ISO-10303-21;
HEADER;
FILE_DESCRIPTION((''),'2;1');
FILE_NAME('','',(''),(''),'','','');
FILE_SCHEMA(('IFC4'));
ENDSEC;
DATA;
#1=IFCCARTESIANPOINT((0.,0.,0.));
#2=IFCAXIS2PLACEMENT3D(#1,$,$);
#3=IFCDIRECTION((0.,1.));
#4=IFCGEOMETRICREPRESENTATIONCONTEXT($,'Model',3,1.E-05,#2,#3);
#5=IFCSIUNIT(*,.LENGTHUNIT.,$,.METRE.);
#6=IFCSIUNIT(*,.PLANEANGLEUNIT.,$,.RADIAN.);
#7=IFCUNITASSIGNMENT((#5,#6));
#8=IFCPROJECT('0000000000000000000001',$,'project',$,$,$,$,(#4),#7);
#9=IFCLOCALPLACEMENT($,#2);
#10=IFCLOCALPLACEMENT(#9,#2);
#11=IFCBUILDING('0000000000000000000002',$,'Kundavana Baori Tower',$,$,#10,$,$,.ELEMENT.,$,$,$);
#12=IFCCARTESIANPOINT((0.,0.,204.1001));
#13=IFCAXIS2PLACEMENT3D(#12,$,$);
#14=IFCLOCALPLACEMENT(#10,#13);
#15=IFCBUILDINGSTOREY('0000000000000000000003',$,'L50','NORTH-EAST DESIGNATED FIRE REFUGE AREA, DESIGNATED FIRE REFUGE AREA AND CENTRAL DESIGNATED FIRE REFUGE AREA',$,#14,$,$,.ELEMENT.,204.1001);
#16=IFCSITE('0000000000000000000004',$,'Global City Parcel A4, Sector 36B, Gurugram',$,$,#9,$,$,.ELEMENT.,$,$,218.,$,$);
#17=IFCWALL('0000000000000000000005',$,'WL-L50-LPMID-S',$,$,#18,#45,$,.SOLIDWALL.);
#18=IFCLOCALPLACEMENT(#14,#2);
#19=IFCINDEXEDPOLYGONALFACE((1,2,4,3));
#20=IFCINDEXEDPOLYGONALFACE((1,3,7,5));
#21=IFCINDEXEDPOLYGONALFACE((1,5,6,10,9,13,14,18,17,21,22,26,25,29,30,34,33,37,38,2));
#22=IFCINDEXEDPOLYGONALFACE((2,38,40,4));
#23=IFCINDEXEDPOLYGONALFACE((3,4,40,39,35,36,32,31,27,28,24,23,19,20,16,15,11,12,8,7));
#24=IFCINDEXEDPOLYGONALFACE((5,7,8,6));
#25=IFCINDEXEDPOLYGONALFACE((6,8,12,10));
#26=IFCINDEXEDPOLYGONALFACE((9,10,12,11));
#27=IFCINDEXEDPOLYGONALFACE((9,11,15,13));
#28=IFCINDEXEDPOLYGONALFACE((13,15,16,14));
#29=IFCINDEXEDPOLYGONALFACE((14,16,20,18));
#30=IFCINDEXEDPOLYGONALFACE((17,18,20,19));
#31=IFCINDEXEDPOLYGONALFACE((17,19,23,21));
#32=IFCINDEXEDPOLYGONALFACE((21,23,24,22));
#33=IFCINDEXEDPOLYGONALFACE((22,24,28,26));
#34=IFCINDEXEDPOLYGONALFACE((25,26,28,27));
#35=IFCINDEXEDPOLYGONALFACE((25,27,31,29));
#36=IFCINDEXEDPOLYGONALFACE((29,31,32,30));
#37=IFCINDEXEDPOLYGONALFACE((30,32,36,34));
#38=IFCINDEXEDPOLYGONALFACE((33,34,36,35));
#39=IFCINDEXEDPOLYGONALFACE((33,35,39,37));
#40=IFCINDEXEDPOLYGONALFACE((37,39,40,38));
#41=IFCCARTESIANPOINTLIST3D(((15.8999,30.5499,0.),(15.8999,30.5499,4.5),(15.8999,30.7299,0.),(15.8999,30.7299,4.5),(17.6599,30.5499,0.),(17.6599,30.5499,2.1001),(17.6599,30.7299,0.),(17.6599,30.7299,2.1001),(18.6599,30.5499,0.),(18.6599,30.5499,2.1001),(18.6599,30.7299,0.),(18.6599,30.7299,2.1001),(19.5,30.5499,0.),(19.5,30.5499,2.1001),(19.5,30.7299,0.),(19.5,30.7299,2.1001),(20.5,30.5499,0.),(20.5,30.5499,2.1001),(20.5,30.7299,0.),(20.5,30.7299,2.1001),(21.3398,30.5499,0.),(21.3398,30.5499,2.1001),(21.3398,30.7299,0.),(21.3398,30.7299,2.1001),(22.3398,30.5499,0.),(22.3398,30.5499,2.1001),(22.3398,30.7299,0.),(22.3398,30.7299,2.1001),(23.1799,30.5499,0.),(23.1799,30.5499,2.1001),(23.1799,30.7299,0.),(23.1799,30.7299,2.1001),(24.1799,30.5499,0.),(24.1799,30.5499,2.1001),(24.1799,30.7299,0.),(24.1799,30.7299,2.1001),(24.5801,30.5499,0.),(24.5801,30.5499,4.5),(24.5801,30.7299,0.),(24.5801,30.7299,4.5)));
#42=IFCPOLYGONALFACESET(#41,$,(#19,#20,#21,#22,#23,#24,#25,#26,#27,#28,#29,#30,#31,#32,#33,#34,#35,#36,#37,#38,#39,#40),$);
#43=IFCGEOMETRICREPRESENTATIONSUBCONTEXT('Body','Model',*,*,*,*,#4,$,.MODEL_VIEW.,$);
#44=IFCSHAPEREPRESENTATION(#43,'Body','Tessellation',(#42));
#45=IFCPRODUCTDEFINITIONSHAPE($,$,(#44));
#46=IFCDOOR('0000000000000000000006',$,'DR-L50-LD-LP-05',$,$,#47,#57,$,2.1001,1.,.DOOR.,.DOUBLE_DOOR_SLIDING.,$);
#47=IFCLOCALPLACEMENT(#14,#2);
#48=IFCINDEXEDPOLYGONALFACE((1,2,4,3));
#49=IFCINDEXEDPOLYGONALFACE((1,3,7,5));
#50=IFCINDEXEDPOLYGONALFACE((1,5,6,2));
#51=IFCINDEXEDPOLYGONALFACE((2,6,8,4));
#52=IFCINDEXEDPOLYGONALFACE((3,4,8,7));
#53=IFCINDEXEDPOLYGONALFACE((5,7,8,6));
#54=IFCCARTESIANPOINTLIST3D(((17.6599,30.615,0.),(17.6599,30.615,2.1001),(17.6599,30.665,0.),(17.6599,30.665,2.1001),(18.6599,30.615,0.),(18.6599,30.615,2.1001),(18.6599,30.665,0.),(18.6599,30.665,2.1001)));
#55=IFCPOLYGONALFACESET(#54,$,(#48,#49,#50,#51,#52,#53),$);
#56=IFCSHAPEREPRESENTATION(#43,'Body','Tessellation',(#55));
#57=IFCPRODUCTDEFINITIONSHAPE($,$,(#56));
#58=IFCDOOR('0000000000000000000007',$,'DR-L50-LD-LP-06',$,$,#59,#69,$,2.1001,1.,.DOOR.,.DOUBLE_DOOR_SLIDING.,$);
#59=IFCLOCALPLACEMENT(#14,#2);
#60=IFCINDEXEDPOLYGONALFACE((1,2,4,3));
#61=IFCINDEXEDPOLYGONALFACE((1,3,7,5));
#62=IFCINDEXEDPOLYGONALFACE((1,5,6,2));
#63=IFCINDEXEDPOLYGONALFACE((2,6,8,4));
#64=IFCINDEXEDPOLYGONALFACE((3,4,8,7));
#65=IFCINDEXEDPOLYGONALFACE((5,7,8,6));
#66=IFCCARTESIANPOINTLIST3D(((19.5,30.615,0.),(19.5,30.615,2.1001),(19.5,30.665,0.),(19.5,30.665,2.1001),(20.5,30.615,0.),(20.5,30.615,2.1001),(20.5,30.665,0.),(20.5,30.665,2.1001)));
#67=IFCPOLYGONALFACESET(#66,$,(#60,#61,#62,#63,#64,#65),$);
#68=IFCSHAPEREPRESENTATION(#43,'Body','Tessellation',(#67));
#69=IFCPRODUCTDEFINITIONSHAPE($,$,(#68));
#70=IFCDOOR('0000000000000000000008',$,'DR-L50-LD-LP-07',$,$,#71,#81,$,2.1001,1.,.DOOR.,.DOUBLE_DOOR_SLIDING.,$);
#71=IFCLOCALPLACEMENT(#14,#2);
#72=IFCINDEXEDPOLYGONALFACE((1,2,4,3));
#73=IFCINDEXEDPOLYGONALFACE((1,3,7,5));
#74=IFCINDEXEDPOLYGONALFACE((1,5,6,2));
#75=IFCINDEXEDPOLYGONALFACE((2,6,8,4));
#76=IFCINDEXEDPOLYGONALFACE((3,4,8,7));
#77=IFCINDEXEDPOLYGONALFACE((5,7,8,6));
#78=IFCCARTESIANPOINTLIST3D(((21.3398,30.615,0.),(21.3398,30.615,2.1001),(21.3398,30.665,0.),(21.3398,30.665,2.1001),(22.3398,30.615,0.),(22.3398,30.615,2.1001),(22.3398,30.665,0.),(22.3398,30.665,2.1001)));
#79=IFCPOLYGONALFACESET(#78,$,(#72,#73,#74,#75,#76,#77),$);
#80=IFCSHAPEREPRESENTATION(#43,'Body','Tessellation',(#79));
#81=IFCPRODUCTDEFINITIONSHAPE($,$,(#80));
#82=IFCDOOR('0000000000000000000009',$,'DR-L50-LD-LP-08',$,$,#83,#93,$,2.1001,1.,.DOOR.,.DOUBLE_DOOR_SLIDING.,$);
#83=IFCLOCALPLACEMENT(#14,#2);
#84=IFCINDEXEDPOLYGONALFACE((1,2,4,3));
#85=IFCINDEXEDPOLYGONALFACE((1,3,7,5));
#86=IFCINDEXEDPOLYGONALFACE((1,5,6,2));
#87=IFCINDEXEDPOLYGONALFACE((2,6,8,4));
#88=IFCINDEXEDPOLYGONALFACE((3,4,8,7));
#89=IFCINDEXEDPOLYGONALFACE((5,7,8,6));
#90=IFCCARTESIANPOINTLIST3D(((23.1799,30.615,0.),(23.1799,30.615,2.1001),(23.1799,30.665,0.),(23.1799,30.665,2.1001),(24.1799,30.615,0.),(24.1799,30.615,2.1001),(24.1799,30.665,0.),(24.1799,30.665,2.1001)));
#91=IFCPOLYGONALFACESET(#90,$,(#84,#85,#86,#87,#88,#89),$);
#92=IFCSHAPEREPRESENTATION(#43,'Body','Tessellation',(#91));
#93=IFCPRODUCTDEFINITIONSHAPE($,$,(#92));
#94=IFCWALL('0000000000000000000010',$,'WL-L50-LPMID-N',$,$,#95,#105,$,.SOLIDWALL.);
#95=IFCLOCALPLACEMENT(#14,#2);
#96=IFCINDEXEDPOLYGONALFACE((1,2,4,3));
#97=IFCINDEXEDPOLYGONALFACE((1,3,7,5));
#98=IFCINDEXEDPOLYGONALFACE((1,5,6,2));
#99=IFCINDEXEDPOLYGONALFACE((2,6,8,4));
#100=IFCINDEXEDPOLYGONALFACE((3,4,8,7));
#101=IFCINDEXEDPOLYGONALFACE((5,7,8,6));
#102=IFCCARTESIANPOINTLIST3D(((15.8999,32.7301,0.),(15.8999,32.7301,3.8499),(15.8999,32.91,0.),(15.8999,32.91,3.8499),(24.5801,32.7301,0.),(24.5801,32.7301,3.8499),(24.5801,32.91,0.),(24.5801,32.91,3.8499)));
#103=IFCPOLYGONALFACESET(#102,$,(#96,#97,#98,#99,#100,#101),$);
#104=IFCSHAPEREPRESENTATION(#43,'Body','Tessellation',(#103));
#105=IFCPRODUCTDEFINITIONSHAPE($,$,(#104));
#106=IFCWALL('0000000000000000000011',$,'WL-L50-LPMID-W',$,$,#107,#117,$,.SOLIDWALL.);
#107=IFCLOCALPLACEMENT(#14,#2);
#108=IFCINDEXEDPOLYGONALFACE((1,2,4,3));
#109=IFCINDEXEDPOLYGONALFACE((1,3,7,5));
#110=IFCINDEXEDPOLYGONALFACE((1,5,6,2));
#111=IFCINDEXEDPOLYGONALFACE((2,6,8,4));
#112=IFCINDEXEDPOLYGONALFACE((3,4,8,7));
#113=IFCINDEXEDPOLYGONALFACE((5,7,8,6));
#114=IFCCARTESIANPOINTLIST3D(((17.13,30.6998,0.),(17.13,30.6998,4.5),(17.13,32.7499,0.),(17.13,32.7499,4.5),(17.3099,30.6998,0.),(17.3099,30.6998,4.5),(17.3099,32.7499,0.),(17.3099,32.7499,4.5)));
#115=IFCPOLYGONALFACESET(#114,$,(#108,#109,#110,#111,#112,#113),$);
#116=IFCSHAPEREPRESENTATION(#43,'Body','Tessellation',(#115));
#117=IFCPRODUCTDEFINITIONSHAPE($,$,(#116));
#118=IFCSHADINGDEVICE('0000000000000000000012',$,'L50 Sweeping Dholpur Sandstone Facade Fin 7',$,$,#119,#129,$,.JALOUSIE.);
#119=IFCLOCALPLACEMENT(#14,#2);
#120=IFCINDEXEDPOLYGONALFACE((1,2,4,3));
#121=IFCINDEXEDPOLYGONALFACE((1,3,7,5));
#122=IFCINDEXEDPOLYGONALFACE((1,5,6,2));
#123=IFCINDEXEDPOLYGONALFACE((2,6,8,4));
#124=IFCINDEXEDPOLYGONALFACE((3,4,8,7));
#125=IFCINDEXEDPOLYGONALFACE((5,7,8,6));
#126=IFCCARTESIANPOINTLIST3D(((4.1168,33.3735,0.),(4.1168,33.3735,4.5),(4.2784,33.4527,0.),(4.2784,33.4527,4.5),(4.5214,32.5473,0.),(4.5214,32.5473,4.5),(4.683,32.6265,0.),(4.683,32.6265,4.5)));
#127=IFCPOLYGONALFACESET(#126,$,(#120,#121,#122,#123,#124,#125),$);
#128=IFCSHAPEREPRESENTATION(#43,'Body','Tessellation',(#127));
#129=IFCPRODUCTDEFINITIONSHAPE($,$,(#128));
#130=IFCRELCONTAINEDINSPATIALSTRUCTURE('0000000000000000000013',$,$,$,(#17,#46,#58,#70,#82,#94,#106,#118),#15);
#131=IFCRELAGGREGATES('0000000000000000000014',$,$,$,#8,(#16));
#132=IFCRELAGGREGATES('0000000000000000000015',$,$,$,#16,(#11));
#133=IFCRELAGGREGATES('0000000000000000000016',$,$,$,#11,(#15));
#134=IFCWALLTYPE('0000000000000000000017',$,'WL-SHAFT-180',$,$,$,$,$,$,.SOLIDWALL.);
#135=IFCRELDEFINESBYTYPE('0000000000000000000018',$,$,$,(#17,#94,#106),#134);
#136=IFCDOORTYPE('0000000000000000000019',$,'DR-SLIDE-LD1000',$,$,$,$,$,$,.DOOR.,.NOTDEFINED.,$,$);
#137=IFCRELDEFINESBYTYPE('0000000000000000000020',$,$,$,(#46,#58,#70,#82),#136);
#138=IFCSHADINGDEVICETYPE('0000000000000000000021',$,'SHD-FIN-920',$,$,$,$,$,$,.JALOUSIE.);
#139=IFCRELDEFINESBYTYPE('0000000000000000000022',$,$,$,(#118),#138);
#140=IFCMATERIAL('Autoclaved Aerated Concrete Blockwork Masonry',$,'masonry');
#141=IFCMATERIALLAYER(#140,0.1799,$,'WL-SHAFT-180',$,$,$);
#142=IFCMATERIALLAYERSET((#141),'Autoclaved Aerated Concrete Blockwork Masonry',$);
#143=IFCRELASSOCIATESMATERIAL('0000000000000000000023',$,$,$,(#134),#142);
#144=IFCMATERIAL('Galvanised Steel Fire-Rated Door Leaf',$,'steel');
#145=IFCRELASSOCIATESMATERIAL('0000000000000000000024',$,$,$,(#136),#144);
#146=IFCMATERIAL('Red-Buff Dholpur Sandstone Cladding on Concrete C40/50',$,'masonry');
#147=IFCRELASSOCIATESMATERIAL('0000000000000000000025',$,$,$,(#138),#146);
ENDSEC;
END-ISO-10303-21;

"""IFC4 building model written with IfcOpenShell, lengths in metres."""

from ifc_helpers import new_model, si_unit, direction, frame, frame_2d, origin, origin_2d, place, context, subcontext, project, spatial, rectangle, extrude, material, layer, layer_set, type_object, element, fill, save


model = new_model("IFC4")

# Units and contexts
model_context = context("Model", 3, precision=1e-05, world=origin(), true_north=direction((0.0, 1.0)))
body_context = subcontext(model_context, "Body", "Model", "MODEL_VIEW")
ifc_project = project(units=[si_unit("LENGTHUNIT", "METRE"), si_unit("PLANEANGLEUNIT", "RADIAN")], contexts=[model_context])

# Site, building, storey
site_placement = place(None, origin())
site = spatial("IfcSite", under=ifc_project, at=site_placement, Name="Global City Parcel A4, Sector 36B, Gurugram", CompositionType="ELEMENT", RefElevation=218.0)
building_placement = place(site_placement, origin())
building = spatial("IfcBuilding", under=site, at=building_placement, Name="Kundavana Baori Tower", CompositionType="ELEMENT")
storey_placement = place(building_placement, frame((0.0, 0.0, 204.1001)))
storey = spatial("IfcBuildingStorey", under=building, at=storey_placement, Name="L50", Description="NORTH-EAST DESIGNATED FIRE REFUGE AREA, DESIGNATED FIRE REFUGE AREA AND CENTRAL DESIGNATED FIRE REFUGE AREA", CompositionType="ELEMENT", Elevation=204.1001)

# Shared definitions
ifc_material_1 = material(Name="Autoclaved Aerated Concrete Blockwork Masonry", Category="masonry")
ifc_layer_1 = layer(ifc_material_1, 0.1799, Name="WL-SHAFT-180")
ifc_layer_set_1 = layer_set([ifc_layer_1], Name="Autoclaved Aerated Concrete Blockwork Masonry")
wall_type_1 = type_object("IfcWallType", Name="WL-SHAFT-180", PredefinedType="SOLIDWALL", material=ifc_layer_set_1)

# Wall, openings, doors
wall_1_placement = place(storey_placement, frame((15.8999, 30.6399, 0.0), z_axis=(0.0, 0.0, 1.0), x_axis=(1.0, 0.0, 0.0)))
wall_1 = element("IfcWall", 1, at=wall_1_placement, inside=storey, type_object=wall_type_1, Name="WL-L50-LPMID-S", PredefinedType="SOLIDWALL", context=body_context, shape_type="SweptSolid", body=[
    extrude(rectangle(XDim=8.6802, YDim=0.1799, at=frame_2d((4.3401, 0.0))), origin(), (0.0, 0.0, 1.0), 4.5),
])
opening_1_placement = place(wall_1_placement, frame((1.76, 0.0, 0.0)))
opening_1 = element("IfcOpeningElement", 2, at=opening_1_placement, cuts=wall_1, PredefinedType="OPENING", context=body_context, shape_type="SweptSolid", body=[
    extrude(rectangle(XDim=1.0, YDim=2.1001, at=frame_2d((0.5, 1.05))), frame((0.0, 0.1001, 0.0), z_axis=(0.0, -1.0, 0.0), x_axis=(1.0, 0.0, 0.0)), (0.0, 0.0, 1.0), 0.2),
])
opening_2_placement = place(wall_1_placement, frame((3.6001, 0.0, 0.0)))
opening_2 = element("IfcOpeningElement", 3, at=opening_2_placement, cuts=wall_1, PredefinedType="OPENING", context=body_context, shape_type="SweptSolid", body=[
    extrude(rectangle(XDim=1.0, YDim=2.1001, at=frame_2d((0.5, 1.05))), frame((0.0, 0.1001, 0.0), z_axis=(0.0, -1.0, 0.0), x_axis=(1.0, 0.0, 0.0)), (0.0, 0.0, 1.0), 0.2),
])
opening_3_placement = place(wall_1_placement, frame((5.4399, 0.0, 0.0)))
opening_3 = element("IfcOpeningElement", 4, at=opening_3_placement, cuts=wall_1, PredefinedType="OPENING", context=body_context, shape_type="SweptSolid", body=[
    extrude(rectangle(XDim=1.0, YDim=2.1001, at=frame_2d((0.5, 1.05))), frame((0.0, 0.1001, 0.0), z_axis=(0.0, -1.0, 0.0), x_axis=(1.0, 0.0, 0.0)), (0.0, 0.0, 1.0), 0.2),
])
opening_4_placement = place(wall_1_placement, frame((7.28, 0.0, 0.0)))
opening_4 = element("IfcOpeningElement", 5, at=opening_4_placement, cuts=wall_1, PredefinedType="OPENING", context=body_context, shape_type="SweptSolid", body=[
    extrude(rectangle(XDim=1.0, YDim=2.1001, at=frame_2d((0.5, 1.05))), frame((0.0, 0.1001, 0.0), z_axis=(0.0, -1.0, 0.0), x_axis=(1.0, 0.0, 0.0)), (0.0, 0.0, 1.0), 0.2),
])
ifc_material_2 = material(Name="Galvanised Steel Fire-Rated Door Leaf", Category="steel")
door_type_1 = type_object("IfcDoorType", Name="DR-SLIDE-LD1000", OperationType="NOTDEFINED", PredefinedType="DOOR", material=ifc_material_2)
door_1_placement = place(opening_1_placement, frame((1.0, 0.0, 0.0), z_axis=(0.0, 0.0, 1.0), x_axis=(-1.0, 0.0, 0.0)))
door_1 = element("IfcDoor", 6, at=door_1_placement, inside=storey, type_object=door_type_1, Name="DR-L50-LD-LP-05", OperationType="DOUBLE_DOOR_SLIDING", OverallHeight=2.1001, OverallWidth=1.0, PredefinedType="DOOR", context=body_context, shape_type="SweptSolid", body=[
    extrude(rectangle(XDim=1.0, YDim=2.1001, at=frame_2d((0.5, 1.05))), frame((0.0, 0.0249, 0.0), z_axis=(0.0, -1.0, 0.0), x_axis=(1.0, 0.0, 0.0)), (0.0, 0.0, 1.0), 0.05),
])
fill(opening_1, door_1)
door_2_placement = place(opening_2_placement, frame((1.0, 0.0, 0.0), z_axis=(0.0, 0.0, 1.0), x_axis=(-1.0, 0.0, 0.0)))
door_2 = element("IfcDoor", 7, at=door_2_placement, inside=storey, type_object=door_type_1, Name="DR-L50-LD-LP-06", OperationType="DOUBLE_DOOR_SLIDING", OverallHeight=2.1001, OverallWidth=1.0, PredefinedType="DOOR", context=body_context, shape_type="SweptSolid", body=[
    extrude(rectangle(XDim=1.0, YDim=2.1001, at=frame_2d((0.5, 1.05))), frame((0.0, 0.0249, 0.0), z_axis=(0.0, -1.0, 0.0), x_axis=(1.0, 0.0, 0.0)), (0.0, 0.0, 1.0), 0.05),
])
fill(opening_2, door_2)
door_3_placement = place(opening_3_placement, frame((1.0, 0.0, 0.0), z_axis=(0.0, 0.0, 1.0), x_axis=(-1.0, 0.0, 0.0)))
door_3 = element("IfcDoor", 8, at=door_3_placement, inside=storey, type_object=door_type_1, Name="DR-L50-LD-LP-07", OperationType="DOUBLE_DOOR_SLIDING", OverallHeight=2.1001, OverallWidth=1.0, PredefinedType="DOOR", context=body_context, shape_type="SweptSolid", body=[
    extrude(rectangle(XDim=1.0, YDim=2.1001, at=frame_2d((0.5, 1.05))), frame((0.0, 0.0249, 0.0), z_axis=(0.0, -1.0, 0.0), x_axis=(1.0, 0.0, 0.0)), (0.0, 0.0, 1.0), 0.05),
])
fill(opening_3, door_3)
door_4_placement = place(opening_4_placement, frame((1.0, 0.0, 0.0), z_axis=(0.0, 0.0, 1.0), x_axis=(-1.0, 0.0, 0.0)))
door_4 = element("IfcDoor", 9, at=door_4_placement, inside=storey, type_object=door_type_1, Name="DR-L50-LD-LP-08", OperationType="DOUBLE_DOOR_SLIDING", OverallHeight=2.1001, OverallWidth=1.0, PredefinedType="DOOR", context=body_context, shape_type="SweptSolid", body=[
    extrude(rectangle(XDim=1.0, YDim=2.1001, at=frame_2d((0.5, 1.05))), frame((0.0, 0.0249, 0.0), z_axis=(0.0, -1.0, 0.0), x_axis=(1.0, 0.0, 0.0)), (0.0, 0.0, 1.0), 0.05),
])
fill(opening_4, door_4)

# Walls
wall_2_placement = place(storey_placement, frame((15.8999, 32.8201, 0.0), z_axis=(0.0, 0.0, 1.0), x_axis=(1.0, 0.0, 0.0)))
element("IfcWall", 10, at=wall_2_placement, inside=storey, type_object=wall_type_1, Name="WL-L50-LPMID-N", PredefinedType="SOLIDWALL", context=body_context, shape_type="SweptSolid", body=[
    extrude(rectangle(XDim=8.6802, YDim=0.1799, at=frame_2d((4.3401, 0.0))), origin(), (0.0, 0.0, 1.0), 3.8499),
])
wall_3_placement = place(storey_placement, frame((17.22, 30.7, 0.0), z_axis=(0.0, 0.0, 1.0), x_axis=(0.0, 1.0, 0.0)))
element("IfcWall", 11, at=wall_3_placement, inside=storey, type_object=wall_type_1, Name="WL-L50-LPMID-W", PredefinedType="SOLIDWALL", context=body_context, shape_type="SweptSolid", body=[
    extrude(rectangle(XDim=2.05, YDim=0.1799, at=frame_2d((1.0249, 0.0))), origin(), (0.0, 0.0, 1.0), 4.5),
])

# Shading device
ifc_material_3 = material(Name="Red-Buff Dholpur Sandstone Cladding on Concrete C40/50", Category="masonry")
shading_device_type = type_object("IfcShadingDeviceType", Name="SHD-FIN-920", PredefinedType="JALOUSIE", material=ifc_material_3)
shading_device_placement = place(storey_placement, frame((4.3999, 33.0, 0.0), z_axis=(0.0, 0.0, 1.0), x_axis=(0.898104, 0.439782, 0.0)))
element("IfcShadingDevice", 12, at=shading_device_placement, inside=storey, type_object=shading_device_type, Name="L50 Sweeping Dholpur Sandstone Facade Fin 7", PredefinedType="JALOUSIE", context=body_context, shape_type="SweptSolid", body=[
    extrude(rectangle(XDim=0.1799, YDim=0.9199, at=origin_2d()), origin(), (0.0, 0.0, 1.0), 4.5),
])

save(model, "model.ifc")
